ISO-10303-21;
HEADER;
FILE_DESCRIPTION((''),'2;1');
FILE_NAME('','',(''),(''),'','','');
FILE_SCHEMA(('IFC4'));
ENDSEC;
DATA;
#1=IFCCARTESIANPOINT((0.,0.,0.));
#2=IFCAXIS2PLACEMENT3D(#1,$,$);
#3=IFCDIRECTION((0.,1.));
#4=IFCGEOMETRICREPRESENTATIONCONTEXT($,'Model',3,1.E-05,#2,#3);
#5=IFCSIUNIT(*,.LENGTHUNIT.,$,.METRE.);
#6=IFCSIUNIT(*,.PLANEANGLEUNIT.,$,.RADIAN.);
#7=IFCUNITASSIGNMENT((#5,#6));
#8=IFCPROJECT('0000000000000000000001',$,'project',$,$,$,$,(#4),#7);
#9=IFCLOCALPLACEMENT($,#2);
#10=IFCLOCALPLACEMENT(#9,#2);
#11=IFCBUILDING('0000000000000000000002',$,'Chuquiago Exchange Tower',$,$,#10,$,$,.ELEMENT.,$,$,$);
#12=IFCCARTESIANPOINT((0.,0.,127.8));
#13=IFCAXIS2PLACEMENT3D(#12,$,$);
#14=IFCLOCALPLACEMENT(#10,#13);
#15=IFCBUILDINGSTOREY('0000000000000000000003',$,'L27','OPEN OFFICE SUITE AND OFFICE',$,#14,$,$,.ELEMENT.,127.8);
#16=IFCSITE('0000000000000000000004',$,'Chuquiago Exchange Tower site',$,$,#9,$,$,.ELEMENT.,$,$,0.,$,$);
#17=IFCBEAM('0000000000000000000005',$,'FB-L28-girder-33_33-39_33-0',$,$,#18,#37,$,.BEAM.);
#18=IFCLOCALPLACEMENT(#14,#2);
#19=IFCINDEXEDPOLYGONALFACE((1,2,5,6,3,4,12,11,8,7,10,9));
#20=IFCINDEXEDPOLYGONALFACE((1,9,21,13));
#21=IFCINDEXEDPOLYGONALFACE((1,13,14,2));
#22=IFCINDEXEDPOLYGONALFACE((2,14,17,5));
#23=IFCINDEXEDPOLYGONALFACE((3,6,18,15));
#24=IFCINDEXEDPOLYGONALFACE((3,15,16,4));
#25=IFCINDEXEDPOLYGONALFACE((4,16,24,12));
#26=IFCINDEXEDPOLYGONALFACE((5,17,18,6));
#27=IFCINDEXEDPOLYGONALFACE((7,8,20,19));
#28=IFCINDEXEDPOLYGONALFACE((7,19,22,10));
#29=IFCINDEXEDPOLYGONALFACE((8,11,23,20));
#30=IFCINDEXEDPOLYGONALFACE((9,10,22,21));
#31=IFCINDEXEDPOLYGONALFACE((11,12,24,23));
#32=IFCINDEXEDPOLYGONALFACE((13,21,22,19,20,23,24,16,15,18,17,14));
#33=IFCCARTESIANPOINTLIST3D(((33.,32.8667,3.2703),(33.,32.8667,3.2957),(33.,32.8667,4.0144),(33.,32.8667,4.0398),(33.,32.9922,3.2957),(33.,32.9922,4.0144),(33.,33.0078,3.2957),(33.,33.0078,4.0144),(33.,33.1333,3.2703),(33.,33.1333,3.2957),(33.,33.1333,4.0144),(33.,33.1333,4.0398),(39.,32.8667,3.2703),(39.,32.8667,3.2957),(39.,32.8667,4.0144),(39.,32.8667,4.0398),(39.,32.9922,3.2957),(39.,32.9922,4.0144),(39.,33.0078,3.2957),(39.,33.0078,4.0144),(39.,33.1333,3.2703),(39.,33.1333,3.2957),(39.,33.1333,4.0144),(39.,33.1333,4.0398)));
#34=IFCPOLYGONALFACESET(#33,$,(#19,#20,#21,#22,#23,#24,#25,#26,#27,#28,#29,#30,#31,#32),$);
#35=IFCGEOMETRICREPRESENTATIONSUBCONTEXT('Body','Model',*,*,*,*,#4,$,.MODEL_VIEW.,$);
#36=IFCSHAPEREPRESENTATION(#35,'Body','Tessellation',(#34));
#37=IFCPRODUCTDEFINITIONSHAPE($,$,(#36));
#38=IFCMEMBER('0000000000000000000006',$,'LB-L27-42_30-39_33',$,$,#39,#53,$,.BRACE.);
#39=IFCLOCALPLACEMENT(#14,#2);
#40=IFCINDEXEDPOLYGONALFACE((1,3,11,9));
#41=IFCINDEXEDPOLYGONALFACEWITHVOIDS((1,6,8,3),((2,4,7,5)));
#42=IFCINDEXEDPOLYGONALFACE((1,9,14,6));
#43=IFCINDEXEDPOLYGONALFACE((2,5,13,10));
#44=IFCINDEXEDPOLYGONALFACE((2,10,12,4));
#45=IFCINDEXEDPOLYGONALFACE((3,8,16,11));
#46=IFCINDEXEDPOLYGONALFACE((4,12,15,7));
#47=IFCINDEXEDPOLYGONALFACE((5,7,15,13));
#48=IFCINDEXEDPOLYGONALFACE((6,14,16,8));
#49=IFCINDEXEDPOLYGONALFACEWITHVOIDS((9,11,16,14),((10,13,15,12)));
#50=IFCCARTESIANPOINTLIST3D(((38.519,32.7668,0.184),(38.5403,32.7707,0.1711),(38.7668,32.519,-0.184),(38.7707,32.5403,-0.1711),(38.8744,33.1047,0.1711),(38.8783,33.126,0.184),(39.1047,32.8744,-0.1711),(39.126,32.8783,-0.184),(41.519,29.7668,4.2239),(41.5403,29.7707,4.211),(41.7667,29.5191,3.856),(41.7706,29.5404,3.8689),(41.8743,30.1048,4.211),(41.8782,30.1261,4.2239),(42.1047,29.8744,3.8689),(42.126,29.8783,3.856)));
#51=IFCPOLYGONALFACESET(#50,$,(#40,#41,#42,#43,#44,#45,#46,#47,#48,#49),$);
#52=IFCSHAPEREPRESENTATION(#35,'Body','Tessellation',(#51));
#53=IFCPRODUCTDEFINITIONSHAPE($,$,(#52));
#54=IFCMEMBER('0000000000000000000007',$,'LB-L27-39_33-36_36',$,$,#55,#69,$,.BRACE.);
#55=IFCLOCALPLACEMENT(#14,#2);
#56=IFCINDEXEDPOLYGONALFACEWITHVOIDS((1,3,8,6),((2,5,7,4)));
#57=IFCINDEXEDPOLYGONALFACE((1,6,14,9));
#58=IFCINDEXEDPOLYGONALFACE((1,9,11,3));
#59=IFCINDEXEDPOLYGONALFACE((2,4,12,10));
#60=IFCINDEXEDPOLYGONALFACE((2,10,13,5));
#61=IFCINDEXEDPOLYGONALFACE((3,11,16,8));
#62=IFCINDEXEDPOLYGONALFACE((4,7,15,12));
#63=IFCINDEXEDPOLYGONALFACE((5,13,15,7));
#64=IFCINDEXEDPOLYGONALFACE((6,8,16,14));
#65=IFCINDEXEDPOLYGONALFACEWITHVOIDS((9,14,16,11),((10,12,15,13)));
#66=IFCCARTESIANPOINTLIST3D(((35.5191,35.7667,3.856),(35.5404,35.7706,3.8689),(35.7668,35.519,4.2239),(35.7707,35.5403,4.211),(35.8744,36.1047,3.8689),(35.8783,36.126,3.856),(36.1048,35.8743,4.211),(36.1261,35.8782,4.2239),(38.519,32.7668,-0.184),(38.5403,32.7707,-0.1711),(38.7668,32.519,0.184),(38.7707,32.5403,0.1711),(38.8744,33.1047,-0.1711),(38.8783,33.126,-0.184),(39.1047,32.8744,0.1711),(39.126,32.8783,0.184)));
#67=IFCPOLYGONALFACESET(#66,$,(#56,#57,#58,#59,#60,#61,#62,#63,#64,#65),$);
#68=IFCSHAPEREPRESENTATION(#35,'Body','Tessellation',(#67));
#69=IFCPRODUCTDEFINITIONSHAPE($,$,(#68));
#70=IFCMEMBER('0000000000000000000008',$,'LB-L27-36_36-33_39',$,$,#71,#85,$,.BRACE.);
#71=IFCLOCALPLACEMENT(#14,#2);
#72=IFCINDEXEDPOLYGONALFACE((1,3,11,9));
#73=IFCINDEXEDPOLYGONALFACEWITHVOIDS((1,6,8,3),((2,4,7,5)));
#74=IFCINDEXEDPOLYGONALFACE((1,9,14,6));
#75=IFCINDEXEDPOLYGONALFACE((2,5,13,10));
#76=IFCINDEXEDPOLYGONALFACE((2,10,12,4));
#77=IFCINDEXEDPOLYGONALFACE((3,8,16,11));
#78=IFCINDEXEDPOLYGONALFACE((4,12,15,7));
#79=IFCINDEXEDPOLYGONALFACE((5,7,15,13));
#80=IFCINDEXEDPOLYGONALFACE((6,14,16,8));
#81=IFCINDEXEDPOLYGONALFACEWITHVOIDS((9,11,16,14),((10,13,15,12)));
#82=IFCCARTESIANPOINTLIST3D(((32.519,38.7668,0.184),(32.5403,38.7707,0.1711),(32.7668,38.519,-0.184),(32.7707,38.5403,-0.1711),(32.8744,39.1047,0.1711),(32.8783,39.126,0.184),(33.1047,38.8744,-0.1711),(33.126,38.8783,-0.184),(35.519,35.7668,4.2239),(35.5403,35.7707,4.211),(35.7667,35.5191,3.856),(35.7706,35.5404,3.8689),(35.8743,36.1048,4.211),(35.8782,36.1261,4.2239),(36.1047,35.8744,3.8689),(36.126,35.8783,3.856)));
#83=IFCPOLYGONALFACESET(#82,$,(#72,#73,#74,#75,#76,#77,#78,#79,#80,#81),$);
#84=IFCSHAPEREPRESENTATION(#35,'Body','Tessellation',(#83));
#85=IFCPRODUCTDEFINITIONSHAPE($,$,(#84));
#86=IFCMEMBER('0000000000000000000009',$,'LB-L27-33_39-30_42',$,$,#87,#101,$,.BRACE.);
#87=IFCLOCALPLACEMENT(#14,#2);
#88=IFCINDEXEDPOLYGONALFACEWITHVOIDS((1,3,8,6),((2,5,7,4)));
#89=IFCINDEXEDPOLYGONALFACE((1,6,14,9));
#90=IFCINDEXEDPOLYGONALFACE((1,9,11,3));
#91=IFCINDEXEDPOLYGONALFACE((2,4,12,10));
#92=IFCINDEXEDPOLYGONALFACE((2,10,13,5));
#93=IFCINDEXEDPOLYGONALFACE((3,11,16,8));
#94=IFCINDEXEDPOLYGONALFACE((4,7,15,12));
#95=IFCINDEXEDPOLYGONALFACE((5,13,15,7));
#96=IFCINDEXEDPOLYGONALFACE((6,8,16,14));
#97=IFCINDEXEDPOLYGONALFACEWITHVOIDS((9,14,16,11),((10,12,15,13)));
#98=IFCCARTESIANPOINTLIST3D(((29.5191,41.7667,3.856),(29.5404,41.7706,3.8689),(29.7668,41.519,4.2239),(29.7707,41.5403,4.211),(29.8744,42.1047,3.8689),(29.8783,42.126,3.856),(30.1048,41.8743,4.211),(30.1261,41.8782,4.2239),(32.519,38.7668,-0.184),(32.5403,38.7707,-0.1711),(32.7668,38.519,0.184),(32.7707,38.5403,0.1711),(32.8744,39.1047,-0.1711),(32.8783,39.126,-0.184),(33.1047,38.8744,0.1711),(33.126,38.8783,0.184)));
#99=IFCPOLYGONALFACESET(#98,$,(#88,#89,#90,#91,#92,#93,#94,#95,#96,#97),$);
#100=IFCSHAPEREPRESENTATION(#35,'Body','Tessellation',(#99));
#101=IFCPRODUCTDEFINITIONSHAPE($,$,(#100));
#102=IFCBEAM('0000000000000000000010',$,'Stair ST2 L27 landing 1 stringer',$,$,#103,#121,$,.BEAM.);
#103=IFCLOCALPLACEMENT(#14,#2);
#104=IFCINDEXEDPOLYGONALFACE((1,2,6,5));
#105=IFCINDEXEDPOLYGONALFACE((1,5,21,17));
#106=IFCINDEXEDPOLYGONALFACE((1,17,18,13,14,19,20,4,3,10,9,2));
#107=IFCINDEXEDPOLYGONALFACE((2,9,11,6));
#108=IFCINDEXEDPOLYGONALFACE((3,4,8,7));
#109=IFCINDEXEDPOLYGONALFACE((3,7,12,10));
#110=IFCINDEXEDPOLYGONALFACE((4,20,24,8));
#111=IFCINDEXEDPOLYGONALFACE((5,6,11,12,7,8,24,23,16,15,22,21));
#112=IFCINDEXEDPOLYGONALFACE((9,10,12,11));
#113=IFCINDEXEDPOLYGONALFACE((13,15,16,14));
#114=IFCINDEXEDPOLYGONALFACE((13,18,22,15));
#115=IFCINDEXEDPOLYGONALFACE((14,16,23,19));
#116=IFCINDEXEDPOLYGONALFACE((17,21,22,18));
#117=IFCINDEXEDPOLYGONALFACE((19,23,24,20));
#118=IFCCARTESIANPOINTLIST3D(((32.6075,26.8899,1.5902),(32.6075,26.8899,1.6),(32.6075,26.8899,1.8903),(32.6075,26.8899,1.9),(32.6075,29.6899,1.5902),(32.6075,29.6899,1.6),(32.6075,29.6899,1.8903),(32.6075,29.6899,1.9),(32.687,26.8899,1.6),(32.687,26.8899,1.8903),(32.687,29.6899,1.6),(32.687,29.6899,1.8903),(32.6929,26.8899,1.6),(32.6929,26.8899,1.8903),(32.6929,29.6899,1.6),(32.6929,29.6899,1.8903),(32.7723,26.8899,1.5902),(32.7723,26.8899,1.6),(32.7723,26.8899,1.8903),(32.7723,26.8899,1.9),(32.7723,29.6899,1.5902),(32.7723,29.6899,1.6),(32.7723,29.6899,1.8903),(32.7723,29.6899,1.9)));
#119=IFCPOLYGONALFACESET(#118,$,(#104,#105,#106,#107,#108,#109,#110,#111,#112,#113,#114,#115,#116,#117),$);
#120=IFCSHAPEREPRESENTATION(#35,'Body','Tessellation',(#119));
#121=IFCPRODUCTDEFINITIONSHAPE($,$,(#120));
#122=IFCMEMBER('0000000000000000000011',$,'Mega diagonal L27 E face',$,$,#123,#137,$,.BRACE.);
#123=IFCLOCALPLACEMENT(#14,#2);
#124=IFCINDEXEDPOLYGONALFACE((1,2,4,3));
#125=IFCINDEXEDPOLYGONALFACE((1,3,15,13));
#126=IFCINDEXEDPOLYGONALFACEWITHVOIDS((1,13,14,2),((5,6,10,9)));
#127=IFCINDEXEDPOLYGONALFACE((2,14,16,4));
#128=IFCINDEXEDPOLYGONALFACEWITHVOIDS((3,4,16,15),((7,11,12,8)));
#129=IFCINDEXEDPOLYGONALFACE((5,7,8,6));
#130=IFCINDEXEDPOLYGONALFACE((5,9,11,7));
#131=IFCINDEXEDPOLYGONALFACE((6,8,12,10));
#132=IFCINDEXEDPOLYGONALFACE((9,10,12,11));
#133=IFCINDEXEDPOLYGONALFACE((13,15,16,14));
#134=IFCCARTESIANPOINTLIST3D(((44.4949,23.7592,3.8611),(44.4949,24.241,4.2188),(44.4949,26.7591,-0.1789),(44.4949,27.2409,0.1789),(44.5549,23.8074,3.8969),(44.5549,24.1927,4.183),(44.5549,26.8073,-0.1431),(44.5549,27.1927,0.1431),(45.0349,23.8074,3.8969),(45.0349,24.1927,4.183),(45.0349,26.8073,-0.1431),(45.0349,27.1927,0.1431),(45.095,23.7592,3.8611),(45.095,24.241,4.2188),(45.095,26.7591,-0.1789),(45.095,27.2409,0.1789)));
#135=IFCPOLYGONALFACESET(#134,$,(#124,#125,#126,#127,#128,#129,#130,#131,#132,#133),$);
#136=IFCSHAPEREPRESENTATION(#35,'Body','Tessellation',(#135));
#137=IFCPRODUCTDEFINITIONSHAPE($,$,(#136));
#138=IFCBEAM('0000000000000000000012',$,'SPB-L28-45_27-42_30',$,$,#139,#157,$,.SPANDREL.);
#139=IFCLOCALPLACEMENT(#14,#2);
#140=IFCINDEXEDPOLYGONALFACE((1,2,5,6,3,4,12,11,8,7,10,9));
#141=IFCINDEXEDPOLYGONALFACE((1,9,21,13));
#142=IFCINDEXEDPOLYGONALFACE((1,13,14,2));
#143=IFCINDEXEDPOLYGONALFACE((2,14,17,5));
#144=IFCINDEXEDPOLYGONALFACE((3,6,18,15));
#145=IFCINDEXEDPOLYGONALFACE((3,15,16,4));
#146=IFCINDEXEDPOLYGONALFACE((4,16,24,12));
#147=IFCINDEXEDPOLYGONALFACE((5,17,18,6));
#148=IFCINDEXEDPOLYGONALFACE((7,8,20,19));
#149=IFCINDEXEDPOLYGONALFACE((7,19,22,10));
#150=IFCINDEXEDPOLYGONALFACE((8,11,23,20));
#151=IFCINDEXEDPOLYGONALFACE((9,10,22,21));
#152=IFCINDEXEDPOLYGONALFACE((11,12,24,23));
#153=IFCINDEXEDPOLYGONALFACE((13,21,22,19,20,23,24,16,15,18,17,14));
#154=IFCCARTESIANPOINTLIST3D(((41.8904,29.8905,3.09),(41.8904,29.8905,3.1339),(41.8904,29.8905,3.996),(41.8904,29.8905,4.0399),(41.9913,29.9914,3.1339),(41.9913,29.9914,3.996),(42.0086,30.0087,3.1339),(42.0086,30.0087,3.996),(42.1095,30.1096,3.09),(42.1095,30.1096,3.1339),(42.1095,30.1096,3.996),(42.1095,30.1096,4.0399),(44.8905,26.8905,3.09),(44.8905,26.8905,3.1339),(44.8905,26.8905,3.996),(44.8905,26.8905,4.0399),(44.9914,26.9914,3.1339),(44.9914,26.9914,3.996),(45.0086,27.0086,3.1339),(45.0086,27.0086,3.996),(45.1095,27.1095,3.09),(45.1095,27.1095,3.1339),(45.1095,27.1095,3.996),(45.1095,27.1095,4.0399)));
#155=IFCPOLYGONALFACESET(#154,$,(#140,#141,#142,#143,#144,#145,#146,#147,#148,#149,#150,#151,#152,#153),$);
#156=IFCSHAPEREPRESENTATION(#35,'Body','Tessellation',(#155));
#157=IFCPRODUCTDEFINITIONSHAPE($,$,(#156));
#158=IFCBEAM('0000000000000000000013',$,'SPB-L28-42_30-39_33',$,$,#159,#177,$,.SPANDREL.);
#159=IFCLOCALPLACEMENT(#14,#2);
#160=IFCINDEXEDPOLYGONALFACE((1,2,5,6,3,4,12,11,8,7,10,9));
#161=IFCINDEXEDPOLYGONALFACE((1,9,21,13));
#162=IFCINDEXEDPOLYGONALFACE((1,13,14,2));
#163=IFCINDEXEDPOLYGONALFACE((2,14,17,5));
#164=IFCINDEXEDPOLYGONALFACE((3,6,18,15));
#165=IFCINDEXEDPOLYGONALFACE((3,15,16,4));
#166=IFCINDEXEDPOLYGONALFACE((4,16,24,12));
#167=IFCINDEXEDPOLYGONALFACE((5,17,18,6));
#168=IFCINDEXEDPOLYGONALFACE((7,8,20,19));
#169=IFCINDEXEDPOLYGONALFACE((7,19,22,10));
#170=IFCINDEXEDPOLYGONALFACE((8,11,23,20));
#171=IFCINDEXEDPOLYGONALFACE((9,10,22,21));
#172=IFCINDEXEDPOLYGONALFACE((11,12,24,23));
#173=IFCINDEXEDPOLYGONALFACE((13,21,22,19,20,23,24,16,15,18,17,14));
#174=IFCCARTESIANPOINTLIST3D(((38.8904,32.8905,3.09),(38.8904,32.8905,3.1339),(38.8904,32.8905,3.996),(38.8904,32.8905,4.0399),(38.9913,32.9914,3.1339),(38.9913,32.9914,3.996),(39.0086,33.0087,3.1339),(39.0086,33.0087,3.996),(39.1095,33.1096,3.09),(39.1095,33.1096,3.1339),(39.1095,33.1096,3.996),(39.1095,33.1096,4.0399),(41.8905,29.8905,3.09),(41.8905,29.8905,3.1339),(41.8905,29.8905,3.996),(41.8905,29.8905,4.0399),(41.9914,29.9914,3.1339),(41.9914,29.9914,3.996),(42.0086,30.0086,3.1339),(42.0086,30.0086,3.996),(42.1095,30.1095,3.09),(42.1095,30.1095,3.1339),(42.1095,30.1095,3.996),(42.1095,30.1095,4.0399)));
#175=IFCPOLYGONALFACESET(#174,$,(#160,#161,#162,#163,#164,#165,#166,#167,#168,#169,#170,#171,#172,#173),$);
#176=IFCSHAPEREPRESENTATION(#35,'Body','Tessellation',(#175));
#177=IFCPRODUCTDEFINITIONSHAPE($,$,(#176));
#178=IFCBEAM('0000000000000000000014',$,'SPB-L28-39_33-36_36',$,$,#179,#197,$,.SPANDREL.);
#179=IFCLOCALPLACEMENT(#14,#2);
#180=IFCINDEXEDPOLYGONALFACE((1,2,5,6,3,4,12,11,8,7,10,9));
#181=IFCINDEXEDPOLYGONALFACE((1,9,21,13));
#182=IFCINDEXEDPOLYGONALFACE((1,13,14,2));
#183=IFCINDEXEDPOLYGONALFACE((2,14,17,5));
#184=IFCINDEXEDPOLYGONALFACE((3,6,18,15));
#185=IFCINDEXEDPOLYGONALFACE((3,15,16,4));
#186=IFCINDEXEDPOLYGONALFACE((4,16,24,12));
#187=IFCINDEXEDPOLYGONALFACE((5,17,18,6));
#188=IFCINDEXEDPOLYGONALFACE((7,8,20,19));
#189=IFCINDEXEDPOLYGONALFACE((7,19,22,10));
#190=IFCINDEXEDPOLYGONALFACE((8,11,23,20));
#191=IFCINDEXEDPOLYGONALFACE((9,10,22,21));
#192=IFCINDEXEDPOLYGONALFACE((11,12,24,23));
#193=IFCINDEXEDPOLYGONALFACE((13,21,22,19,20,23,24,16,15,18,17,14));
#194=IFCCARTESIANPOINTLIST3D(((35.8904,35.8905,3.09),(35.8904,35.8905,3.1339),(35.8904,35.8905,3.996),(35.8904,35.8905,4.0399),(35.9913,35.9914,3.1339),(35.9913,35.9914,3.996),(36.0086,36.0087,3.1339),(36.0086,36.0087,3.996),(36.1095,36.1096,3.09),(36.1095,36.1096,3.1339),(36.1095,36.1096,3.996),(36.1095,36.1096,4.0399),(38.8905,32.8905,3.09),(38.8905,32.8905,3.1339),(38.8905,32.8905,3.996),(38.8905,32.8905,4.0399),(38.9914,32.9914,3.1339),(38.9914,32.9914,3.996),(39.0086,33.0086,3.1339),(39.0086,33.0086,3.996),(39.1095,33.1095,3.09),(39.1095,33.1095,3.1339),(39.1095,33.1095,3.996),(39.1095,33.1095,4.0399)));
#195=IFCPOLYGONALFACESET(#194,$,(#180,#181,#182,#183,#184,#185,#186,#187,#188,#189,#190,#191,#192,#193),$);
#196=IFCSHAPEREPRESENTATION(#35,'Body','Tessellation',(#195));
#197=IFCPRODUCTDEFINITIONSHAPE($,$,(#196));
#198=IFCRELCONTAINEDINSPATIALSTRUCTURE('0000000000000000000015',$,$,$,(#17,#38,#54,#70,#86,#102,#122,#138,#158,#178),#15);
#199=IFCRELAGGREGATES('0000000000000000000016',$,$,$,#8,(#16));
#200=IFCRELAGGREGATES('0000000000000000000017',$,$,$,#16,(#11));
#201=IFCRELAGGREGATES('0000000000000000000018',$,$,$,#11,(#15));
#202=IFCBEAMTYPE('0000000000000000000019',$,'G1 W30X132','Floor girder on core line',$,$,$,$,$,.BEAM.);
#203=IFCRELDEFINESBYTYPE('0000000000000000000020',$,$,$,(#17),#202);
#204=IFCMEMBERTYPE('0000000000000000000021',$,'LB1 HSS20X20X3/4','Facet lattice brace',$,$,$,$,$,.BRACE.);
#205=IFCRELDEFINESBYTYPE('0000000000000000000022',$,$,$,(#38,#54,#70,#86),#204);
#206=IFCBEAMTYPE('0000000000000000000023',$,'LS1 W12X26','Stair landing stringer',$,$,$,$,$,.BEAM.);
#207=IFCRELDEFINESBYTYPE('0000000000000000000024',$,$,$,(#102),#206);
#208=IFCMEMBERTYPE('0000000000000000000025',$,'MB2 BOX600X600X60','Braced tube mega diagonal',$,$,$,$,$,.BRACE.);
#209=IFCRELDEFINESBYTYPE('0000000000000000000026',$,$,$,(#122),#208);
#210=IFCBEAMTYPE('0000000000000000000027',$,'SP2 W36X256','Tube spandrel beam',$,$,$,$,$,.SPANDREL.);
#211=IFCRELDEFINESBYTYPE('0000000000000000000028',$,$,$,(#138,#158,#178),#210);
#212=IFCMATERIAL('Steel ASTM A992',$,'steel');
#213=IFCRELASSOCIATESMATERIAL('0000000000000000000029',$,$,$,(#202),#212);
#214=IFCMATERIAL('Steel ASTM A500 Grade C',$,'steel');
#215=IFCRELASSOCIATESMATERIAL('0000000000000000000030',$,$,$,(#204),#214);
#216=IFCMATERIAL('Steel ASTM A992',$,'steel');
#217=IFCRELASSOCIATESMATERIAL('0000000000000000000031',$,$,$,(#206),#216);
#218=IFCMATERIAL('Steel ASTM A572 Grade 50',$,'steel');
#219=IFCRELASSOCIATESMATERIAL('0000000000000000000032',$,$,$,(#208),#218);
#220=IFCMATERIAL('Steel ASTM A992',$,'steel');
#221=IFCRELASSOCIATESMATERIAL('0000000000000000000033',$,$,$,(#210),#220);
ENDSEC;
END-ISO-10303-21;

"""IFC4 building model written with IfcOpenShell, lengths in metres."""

from ifc_helpers import new_model, si_unit, direction, frame, origin, origin_2d, place, context, subcontext, project, spatial, hollow_rectangle, i_section, extrude, material, material_profile, profile_set, type_object, element, save


model = new_model("IFC4")

# Units and contexts
model_context = context("Model", 3, precision=1e-05, world=origin(), true_north=direction((0.0, 1.0)))
body_context = subcontext(model_context, "Body", "Model", "MODEL_VIEW")
ifc_project = project(units=[si_unit("LENGTHUNIT", "METRE"), si_unit("PLANEANGLEUNIT", "RADIAN")], contexts=[model_context])

# Site, building, storey
site_placement = place(None, origin())
site = spatial("IfcSite", under=ifc_project, at=site_placement, Name="Chuquiago Exchange Tower site", CompositionType="ELEMENT", RefElevation=0.0)
building_placement = place(site_placement, origin())
building = spatial("IfcBuilding", under=site, at=building_placement, Name="Chuquiago Exchange Tower", CompositionType="ELEMENT")
storey_placement = place(building_placement, frame((0.0, 0.0, 127.8)))
storey = spatial("IfcBuildingStorey", under=building, at=storey_placement, Name="L27", Description="OPEN OFFICE SUITE AND OFFICE", CompositionType="ELEMENT", Elevation=127.8)

# Beam
ifc_material_1 = material(Name="Steel ASTM A992", Category="steel")
ifc_material_profile_1 = material_profile(ifc_material_1, i_section(OverallWidth=0.2666, OverallDepth=0.7695, WebThickness=0.0156, FlangeThickness=0.0254, at=origin_2d()), Name="W30X132")
ifc_profile_set_1 = profile_set([ifc_material_profile_1], Name="Steel ASTM A992")
beam_type_1 = type_object("IfcBeamType", Name="G1 W30X132", Description="Floor girder on core line", PredefinedType="BEAM", material=ifc_profile_set_1)
for number, where, z_axis, x_axis, name in (
    (1, (33.0, 33.0, 3.655), (1.0, 0.0, 0.0), (0.0, 1.0, 0.0), "FB-L28-girder-33_33-39_33-0"),
):
    element("IfcBeam", number, at=place(storey_placement, frame(where, z_axis=z_axis, x_axis=x_axis)), inside=storey, type_object=beam_type_1, Name=name, PredefinedType="BEAM", context=body_context, shape_type="SweptSolid", body=[
        extrude(i_section(OverallWidth=0.2666, OverallDepth=0.7695, WebThickness=0.0156, FlangeThickness=0.0254, at=origin_2d()), origin(), (0.0, 0.0, 1.0), 6.0),
    ])

# Members
ifc_material_2 = material(Name="Steel ASTM A500 Grade C", Category="steel")
ifc_material_profile_2 = material_profile(ifc_material_2, hollow_rectangle(XDim=0.5081, YDim=0.5081, WallThickness=0.0178, at=origin_2d()), Name="HSS20X20X3/4")
ifc_profile_set_2 = profile_set([ifc_material_profile_2], Name="Steel ASTM A500 Grade C")
member_type_1 = type_object("IfcMemberType", Name="LB1 HSS20X20X3/4", Description="Facet lattice brace", PredefinedType="BRACE", material=ifc_profile_set_2)
for number, where, z_axis, x_axis, name in (
    (2, (38.8225, 32.8225, 0.0), (0.512077, -0.512077, 0.689604), (0.707107, 0.707107, 0.0), "LB-L27-42_30-39_33"),
    (3, (38.8225, 32.8225, 0.0), (-0.512077, 0.512077, 0.689604), (-0.707107, -0.707107, 0.0), "LB-L27-39_33-36_36"),
    (4, (32.8225, 38.8225, 0.0), (0.512077, -0.512077, 0.689604), (0.707107, 0.707107, 0.0), "LB-L27-36_36-33_39"),
    (5, (32.8225, 38.8225, 0.0), (-0.512077, 0.512077, 0.689604), (-0.707107, -0.707107, 0.0), "LB-L27-33_39-30_42"),
):
    element("IfcMember", number, at=place(storey_placement, frame(where, z_axis=z_axis, x_axis=x_axis)), inside=storey, type_object=member_type_1, Name=name, PredefinedType="BRACE", context=body_context, shape_type="SweptSolid", body=[
        extrude(hollow_rectangle(XDim=0.5081, YDim=0.5081, WallThickness=0.0178, at=origin_2d()), origin(), (0.0, 0.0, 1.0), 5.8584),
    ])

# Beam
ifc_material_3 = material(Name="Steel ASTM A992", Category="steel")
ifc_material_profile_3 = material_profile(ifc_material_3, i_section(OverallWidth=0.1648, OverallDepth=0.3098, WebThickness=0.0059, FlangeThickness=0.0098, at=origin_2d()), Name="W12X26")
ifc_profile_set_3 = profile_set([ifc_material_profile_3], Name="Steel ASTM A992")
beam_type_2 = type_object("IfcBeamType", Name="LS1 W12X26", Description="Stair landing stringer", PredefinedType="BEAM", material=ifc_profile_set_3)
beam_1_placement = place(storey_placement, frame((32.6899, 26.8899, 1.7451), z_axis=(0.0, 1.0, 0.0), x_axis=(-1.0, 0.0, 0.0)))
element("IfcBeam", 6, at=beam_1_placement, inside=storey, type_object=beam_type_2, Name="Stair ST2 L27 landing 1 stringer", PredefinedType="BEAM", context=body_context, shape_type="SweptSolid", body=[
    extrude(i_section(OverallWidth=0.1648, OverallDepth=0.3098, WebThickness=0.0059, FlangeThickness=0.0098, at=origin_2d()), origin(), (0.0, 0.0, 1.0), 2.8),
])

# Member
ifc_material_4 = material(Name="Steel ASTM A572 Grade 50", Category="steel")
ifc_material_profile_4 = material_profile(ifc_material_4, hollow_rectangle(XDim=0.6001, YDim=0.6001, WallThickness=0.0601, at=origin_2d()), Name="BOX600X600X60")
ifc_profile_set_4 = profile_set([ifc_material_profile_4], Name="Steel ASTM A572 Grade 50")
member_type_2 = type_object("IfcMemberType", Name="MB2 BOX600X600X60", Description="Braced tube mega diagonal", PredefinedType="BRACE", material=ifc_profile_set_4)
member_1_placement = place(storey_placement, frame((44.7949, 27.0, 0.0), z_axis=(0.0, -0.596174, 0.802855), x_axis=(1.0, 0.0, 0.0)))
element("IfcMember", 7, at=member_1_placement, inside=storey, type_object=member_type_2, Name="Mega diagonal L27 E face", PredefinedType="BRACE", context=body_context, shape_type="SweptSolid", body=[
    extrude(hollow_rectangle(XDim=0.6001, YDim=0.6001, WallThickness=0.0601, at=origin_2d()), origin(), (0.0, 0.0, 1.0), 5.032),
])

# Beams
ifc_material_5 = material(Name="Steel ASTM A992", Category="steel")
ifc_material_profile_5 = material_profile(ifc_material_5, i_section(OverallWidth=0.3098, OverallDepth=0.95, WebThickness=0.0244, FlangeThickness=0.0439, at=origin_2d()), Name="W36X256")
ifc_profile_set_5 = profile_set([ifc_material_profile_5], Name="Steel ASTM A992")
beam_type_3 = type_object("IfcBeamType", Name="SP2 W36X256", Description="Tube spandrel beam", PredefinedType="SPANDREL", material=ifc_profile_set_5)
for number, where, z_axis, x_axis, name in (
    (8, (45.0, 27.0, 3.5649), (-0.707107, 0.707107, 0.0), (-0.707107, -0.707107, 0.0), "SPB-L28-45_27-42_30"),
    (9, (42.0, 30.0, 3.5649), (-0.707107, 0.707107, 0.0), (-0.707107, -0.707107, 0.0), "SPB-L28-42_30-39_33"),
    (10, (39.0, 33.0, 3.5649), (-0.707107, 0.707107, 0.0), (-0.707107, -0.707107, 0.0), "SPB-L28-39_33-36_36"),
):
    element("IfcBeam", number, at=place(storey_placement, frame(where, z_axis=z_axis, x_axis=x_axis)), inside=storey, type_object=beam_type_3, Name=name, PredefinedType="SPANDREL", context=body_context, shape_type="SweptSolid", body=[
        extrude(i_section(OverallWidth=0.3098, OverallDepth=0.95, WebThickness=0.0244, FlangeThickness=0.0439, at=origin_2d()), origin(), (0.0, 0.0, 1.0), 4.2427),
    ])

save(model, "model.ifc")
